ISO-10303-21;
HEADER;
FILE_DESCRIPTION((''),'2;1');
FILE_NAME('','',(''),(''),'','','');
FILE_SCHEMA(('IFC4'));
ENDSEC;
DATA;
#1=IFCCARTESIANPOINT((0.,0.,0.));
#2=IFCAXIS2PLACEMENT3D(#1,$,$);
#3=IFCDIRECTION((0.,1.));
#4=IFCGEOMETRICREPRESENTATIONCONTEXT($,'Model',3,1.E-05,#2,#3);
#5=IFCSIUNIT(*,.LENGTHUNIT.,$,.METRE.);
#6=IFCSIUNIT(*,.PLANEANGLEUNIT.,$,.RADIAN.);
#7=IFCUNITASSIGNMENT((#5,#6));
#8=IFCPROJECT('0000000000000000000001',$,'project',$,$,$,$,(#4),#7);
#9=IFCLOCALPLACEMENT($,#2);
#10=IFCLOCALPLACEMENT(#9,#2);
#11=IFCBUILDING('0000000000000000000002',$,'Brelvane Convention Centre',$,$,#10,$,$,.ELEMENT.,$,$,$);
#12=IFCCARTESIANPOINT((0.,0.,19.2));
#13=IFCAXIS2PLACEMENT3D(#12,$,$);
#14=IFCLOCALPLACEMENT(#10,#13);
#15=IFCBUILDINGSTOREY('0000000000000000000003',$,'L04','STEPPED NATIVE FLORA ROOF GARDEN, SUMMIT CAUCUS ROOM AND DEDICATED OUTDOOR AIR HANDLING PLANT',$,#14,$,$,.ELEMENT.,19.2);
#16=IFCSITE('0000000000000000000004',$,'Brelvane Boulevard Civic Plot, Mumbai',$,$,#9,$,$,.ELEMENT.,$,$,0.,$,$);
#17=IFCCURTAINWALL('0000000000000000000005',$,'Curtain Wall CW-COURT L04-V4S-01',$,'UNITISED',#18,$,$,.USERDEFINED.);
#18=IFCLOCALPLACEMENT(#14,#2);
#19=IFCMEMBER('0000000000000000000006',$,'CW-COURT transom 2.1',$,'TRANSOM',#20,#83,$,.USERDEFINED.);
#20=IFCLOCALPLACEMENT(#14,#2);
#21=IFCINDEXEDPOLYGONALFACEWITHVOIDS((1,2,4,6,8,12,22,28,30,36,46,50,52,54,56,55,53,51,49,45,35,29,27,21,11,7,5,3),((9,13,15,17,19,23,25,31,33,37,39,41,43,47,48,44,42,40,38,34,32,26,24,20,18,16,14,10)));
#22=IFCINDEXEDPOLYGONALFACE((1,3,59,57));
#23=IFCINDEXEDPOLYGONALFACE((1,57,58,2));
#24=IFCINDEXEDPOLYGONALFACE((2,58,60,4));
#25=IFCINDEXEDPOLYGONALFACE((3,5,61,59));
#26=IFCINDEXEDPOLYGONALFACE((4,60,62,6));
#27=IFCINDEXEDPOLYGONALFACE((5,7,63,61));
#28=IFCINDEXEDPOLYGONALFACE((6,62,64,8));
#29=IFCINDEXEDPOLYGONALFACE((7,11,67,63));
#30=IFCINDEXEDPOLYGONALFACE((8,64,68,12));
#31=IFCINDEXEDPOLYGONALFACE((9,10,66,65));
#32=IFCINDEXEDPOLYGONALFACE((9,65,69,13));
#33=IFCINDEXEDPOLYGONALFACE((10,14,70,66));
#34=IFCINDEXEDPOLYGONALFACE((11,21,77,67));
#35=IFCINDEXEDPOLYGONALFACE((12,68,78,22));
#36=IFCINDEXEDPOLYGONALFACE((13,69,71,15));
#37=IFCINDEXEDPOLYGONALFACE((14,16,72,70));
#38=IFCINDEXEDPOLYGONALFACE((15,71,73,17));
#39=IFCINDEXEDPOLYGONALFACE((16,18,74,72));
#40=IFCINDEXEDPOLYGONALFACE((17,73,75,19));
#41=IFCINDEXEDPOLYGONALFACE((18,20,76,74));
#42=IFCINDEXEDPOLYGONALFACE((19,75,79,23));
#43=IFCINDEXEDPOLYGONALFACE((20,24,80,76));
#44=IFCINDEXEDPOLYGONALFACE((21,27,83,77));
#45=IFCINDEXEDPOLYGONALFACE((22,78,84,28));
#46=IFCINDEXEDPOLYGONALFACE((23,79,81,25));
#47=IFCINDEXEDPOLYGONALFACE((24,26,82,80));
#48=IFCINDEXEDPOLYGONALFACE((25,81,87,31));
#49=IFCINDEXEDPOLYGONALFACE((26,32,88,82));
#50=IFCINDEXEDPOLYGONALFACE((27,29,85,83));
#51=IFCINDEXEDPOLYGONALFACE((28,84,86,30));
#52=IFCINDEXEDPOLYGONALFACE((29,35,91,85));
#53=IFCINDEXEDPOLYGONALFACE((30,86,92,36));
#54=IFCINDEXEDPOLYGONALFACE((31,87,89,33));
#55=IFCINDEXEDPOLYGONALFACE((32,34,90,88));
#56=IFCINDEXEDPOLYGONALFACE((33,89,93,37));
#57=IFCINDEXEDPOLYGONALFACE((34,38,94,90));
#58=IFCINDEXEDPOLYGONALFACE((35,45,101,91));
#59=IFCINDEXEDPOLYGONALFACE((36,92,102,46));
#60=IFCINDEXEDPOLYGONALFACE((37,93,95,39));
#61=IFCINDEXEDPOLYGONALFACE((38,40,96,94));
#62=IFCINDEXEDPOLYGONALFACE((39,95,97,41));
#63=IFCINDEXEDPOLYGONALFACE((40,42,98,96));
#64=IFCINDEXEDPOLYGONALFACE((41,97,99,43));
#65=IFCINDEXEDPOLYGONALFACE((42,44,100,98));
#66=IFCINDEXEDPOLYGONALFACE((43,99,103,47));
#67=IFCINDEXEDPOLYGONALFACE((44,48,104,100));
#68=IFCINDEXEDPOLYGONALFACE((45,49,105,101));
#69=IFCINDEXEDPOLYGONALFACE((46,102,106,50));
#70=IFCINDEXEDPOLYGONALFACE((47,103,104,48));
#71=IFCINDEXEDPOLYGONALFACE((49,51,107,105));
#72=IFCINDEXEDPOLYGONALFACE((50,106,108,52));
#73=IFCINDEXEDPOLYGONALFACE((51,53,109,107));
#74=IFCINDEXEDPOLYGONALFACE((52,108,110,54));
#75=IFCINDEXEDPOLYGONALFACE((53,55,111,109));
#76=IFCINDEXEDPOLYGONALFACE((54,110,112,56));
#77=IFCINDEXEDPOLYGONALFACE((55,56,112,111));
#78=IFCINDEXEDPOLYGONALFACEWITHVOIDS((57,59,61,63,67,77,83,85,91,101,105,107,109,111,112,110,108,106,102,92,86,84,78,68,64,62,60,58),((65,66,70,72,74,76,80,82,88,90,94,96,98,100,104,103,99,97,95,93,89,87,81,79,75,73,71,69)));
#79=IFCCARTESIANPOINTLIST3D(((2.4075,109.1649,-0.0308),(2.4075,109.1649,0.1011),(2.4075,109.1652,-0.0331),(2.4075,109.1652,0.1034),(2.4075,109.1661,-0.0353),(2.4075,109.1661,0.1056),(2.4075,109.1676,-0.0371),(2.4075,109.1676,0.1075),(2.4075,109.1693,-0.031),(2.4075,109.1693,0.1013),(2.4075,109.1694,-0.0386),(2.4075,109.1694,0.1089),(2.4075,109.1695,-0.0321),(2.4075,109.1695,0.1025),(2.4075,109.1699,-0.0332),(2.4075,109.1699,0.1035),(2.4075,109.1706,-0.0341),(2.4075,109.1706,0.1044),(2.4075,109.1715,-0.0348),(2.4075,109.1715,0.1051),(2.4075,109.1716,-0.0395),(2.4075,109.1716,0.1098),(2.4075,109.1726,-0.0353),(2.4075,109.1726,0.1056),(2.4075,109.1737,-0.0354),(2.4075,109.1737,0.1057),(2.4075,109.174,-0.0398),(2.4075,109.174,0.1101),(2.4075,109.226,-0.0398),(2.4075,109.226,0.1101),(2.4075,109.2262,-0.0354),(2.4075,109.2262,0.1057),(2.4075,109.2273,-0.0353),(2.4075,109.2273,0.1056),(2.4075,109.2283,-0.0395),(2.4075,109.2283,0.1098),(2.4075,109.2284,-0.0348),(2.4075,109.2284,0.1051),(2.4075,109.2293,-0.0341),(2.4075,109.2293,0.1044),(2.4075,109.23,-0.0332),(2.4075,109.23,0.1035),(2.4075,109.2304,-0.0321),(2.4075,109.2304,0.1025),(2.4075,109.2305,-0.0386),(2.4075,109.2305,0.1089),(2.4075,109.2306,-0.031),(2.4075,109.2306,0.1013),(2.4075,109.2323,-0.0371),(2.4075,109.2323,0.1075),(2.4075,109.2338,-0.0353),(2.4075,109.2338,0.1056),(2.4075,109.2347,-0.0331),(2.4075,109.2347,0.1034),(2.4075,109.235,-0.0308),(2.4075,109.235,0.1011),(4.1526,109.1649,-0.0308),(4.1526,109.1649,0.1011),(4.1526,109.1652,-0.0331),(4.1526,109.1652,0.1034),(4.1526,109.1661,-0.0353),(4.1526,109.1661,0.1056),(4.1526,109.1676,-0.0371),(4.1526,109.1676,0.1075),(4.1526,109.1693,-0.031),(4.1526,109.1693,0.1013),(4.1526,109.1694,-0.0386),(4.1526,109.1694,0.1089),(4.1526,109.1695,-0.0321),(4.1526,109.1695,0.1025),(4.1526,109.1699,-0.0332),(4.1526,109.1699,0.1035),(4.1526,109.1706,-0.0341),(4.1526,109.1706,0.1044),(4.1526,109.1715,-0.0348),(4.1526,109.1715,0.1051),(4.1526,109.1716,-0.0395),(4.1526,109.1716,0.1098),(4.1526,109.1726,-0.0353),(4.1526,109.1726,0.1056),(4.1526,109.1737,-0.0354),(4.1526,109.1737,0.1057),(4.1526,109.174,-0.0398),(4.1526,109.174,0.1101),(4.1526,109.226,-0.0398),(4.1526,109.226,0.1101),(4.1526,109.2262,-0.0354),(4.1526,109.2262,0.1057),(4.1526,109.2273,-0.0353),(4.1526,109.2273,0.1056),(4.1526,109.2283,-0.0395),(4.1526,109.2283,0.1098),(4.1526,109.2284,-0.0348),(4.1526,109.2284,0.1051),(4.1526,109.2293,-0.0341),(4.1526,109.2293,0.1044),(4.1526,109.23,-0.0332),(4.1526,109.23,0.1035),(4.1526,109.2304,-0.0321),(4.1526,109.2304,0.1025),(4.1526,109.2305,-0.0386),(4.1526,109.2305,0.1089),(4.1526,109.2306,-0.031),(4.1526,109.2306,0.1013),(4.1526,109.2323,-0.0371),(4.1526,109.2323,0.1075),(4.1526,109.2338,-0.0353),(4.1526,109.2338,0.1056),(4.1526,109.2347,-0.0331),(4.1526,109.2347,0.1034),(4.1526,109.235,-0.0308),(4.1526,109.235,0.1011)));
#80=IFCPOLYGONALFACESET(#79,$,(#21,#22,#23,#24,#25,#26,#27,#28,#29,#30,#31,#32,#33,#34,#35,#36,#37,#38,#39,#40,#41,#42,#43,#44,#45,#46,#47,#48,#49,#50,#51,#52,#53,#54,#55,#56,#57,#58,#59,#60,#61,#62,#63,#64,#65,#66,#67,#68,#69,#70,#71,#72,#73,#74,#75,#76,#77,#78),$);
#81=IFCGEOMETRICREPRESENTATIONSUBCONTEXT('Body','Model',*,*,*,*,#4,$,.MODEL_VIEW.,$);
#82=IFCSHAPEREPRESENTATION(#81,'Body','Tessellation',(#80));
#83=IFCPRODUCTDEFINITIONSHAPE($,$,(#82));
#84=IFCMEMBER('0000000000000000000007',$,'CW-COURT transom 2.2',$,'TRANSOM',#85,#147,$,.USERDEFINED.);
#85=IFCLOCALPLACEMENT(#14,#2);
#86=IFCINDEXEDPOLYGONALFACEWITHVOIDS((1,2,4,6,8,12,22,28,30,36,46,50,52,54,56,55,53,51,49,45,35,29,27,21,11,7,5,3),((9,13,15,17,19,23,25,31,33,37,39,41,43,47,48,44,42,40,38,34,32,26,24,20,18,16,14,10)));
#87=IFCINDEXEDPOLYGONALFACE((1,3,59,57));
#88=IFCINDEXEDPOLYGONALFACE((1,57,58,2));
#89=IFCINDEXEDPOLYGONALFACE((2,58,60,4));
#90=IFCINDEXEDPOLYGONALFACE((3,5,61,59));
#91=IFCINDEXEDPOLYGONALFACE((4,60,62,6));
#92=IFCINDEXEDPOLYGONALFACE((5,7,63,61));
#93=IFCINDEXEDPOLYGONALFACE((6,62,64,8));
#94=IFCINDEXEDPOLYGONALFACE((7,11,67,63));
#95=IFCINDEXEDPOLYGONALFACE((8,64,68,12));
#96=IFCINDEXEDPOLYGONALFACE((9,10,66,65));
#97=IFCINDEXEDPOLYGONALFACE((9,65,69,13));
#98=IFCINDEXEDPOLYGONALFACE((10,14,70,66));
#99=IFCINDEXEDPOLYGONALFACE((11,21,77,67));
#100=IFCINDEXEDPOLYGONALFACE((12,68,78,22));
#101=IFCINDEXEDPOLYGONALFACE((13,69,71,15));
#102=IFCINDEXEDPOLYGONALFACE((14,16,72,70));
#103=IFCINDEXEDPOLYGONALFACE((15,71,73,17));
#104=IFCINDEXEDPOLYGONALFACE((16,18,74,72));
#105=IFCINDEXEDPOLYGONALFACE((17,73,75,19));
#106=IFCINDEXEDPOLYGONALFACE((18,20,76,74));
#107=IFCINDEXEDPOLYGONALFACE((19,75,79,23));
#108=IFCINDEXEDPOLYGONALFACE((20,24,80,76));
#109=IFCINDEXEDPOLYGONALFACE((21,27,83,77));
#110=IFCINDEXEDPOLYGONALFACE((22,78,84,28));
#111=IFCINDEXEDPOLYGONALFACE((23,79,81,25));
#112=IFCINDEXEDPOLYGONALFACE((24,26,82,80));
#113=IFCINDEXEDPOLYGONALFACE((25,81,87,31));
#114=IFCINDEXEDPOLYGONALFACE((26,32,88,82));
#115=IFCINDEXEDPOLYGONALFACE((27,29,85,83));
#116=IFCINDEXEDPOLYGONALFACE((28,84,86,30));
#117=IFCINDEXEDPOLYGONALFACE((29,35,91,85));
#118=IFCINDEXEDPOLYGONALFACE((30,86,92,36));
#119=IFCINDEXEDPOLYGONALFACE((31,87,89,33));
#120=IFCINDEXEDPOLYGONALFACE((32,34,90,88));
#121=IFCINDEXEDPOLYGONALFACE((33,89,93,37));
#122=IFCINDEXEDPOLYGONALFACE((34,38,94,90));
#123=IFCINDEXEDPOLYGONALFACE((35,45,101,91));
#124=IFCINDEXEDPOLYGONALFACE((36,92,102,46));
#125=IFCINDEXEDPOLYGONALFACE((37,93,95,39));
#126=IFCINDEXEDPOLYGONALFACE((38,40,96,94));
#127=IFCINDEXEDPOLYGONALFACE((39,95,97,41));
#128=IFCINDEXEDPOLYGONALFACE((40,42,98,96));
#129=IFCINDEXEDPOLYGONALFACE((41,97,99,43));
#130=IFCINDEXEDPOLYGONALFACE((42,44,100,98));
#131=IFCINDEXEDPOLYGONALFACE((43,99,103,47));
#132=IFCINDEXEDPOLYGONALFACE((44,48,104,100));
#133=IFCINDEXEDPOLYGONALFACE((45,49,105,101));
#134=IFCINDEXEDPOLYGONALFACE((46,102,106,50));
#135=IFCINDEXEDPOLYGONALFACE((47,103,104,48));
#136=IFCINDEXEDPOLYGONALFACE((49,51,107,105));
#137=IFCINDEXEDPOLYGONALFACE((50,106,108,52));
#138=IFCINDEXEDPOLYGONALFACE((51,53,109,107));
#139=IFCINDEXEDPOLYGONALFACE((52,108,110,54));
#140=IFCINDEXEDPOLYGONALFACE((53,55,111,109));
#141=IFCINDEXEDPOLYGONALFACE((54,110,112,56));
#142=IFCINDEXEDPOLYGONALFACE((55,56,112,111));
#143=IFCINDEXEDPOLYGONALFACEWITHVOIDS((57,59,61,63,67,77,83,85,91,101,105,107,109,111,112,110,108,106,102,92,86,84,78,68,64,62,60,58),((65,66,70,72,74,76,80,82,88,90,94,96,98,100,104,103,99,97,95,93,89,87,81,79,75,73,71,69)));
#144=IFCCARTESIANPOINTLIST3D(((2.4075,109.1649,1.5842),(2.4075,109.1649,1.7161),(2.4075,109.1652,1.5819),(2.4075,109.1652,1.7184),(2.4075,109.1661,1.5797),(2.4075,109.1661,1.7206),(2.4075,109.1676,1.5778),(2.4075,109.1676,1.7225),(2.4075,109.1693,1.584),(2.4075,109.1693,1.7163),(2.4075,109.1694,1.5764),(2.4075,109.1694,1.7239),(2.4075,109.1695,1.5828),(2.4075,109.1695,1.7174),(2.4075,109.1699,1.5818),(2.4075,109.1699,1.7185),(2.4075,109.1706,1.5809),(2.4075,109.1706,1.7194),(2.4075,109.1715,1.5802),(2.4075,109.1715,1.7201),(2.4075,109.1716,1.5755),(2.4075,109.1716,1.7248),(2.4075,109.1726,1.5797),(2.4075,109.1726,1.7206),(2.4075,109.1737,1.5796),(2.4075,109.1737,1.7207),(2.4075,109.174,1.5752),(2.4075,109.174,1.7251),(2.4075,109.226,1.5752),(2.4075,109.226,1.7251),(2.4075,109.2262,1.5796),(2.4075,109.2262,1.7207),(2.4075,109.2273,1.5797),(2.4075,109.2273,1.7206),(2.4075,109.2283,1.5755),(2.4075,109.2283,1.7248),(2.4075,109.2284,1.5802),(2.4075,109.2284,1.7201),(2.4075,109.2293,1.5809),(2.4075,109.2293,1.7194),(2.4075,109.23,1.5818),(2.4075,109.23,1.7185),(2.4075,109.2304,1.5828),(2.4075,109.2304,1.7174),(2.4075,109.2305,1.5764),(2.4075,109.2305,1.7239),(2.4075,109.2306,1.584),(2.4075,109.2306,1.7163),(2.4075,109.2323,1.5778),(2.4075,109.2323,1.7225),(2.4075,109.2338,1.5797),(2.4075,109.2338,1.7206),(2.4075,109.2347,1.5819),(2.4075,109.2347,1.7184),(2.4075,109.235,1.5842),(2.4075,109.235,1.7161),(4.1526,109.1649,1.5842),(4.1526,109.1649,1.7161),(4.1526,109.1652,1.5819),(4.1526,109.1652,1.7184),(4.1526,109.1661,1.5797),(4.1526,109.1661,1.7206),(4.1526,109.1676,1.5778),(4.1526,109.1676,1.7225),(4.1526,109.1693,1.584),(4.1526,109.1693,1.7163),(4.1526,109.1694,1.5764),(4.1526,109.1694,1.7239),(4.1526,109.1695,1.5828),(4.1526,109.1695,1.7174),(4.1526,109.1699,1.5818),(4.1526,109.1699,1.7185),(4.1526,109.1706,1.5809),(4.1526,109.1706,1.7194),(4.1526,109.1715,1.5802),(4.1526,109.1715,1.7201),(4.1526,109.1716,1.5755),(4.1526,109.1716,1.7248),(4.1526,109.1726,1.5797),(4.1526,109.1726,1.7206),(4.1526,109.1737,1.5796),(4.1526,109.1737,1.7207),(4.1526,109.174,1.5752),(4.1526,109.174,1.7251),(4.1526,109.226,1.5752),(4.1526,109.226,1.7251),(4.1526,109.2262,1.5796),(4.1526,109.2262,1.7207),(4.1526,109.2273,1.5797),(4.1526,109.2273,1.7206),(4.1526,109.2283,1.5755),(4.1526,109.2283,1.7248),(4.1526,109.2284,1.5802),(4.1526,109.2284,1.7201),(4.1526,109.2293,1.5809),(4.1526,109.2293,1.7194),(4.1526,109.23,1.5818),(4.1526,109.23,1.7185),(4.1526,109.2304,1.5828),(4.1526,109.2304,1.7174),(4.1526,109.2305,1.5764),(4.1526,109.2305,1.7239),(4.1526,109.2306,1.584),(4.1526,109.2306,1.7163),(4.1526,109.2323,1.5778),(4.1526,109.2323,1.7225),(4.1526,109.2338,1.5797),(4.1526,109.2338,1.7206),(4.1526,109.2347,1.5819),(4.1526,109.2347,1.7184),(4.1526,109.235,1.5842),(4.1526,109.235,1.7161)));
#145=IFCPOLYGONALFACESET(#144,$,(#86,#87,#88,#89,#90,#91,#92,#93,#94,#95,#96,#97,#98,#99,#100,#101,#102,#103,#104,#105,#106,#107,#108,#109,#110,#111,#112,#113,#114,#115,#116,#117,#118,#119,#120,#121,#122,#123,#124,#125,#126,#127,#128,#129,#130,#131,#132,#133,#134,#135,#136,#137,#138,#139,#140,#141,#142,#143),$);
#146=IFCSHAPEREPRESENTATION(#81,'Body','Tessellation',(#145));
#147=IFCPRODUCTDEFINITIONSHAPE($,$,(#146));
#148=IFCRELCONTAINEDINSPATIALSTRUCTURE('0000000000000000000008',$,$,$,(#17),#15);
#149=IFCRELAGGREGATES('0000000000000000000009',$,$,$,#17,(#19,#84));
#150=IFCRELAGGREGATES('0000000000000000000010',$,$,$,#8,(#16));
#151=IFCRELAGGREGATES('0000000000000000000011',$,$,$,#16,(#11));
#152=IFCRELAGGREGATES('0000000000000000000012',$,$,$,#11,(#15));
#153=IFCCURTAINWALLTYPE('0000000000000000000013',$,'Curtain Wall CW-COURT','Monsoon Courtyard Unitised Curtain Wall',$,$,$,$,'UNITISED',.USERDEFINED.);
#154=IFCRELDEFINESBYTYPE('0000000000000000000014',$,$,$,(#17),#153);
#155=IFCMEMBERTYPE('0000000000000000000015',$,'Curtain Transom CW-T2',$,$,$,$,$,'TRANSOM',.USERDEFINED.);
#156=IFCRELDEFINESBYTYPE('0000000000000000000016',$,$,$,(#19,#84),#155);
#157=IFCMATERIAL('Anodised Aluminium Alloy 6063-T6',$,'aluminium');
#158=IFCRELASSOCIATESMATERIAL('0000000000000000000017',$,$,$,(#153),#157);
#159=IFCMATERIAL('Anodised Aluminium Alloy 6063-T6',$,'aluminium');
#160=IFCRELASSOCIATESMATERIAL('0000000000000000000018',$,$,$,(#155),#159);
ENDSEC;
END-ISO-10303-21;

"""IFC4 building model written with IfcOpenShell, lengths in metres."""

from ifc_helpers import new_model, si_unit, direction, frame, origin, origin_2d, place, context, subcontext, project, spatial, hollow_rectangle, extrude, material, material_profile, profile_set, type_object, element, aggregate, save


model = new_model("IFC4")

# Units and contexts
model_context = context("Model", 3, precision=1e-05, world=origin(), true_north=direction((0.0, 1.0)))
body_context = subcontext(model_context, "Body", "Model", "MODEL_VIEW")
ifc_project = project(units=[si_unit("LENGTHUNIT", "METRE"), si_unit("PLANEANGLEUNIT", "RADIAN")], contexts=[model_context])

# Site, building, storey
site_placement = place(None, origin())
site = spatial("IfcSite", under=ifc_project, at=site_placement, Name="Brelvane Boulevard Civic Plot, Mumbai", CompositionType="ELEMENT", RefElevation=0.0)
building_placement = place(site_placement, origin())
building = spatial("IfcBuilding", under=site, at=building_placement, Name="Brelvane Convention Centre", CompositionType="ELEMENT")
storey_placement = place(building_placement, frame((0.0, 0.0, 19.2)))
storey = spatial("IfcBuildingStorey", under=building, at=storey_placement, Name="L04", Description="STEPPED NATIVE FLORA ROOF GARDEN, SUMMIT CAUCUS ROOM AND DEDICATED OUTDOOR AIR HANDLING PLANT", CompositionType="ELEMENT", Elevation=19.2)

# Curtain wall, members
ifc_material_1 = material(Name="Anodised Aluminium Alloy 6063-T6", Category="aluminium")
curtain_wall_type = type_object("IfcCurtainWallType", Name="Curtain Wall CW-COURT", Description="Monsoon Courtyard Unitised Curtain Wall", ElementType="UNITISED", PredefinedType="USERDEFINED", material=ifc_material_1)
curtain_wall_placement = place(storey_placement, origin())
curtain_wall = element("IfcCurtainWall", 1, at=curtain_wall_placement, inside=storey, type_object=curtain_wall_type, Name="Curtain Wall CW-COURT L04-V4S-01", ObjectType="UNITISED", PredefinedType="USERDEFINED")
ifc_material_2 = material(Name="Anodised Aluminium Alloy 6063-T6", Category="aluminium")
ifc_material_profile_1 = material_profile(ifc_material_2, hollow_rectangle(XDim=0.0701, YDim=0.1499, WallThickness=0.0044, InnerFilletRadius=0.0044, OuterFilletRadius=0.009, at=origin_2d()), Name="ALU-T 150x70x4.5")
ifc_profile_set_1 = profile_set([ifc_material_profile_1], Name="Anodised Aluminium Alloy 6063-T6")
member_type_1 = type_object("IfcMemberType", Name="Curtain Transom CW-T2", ElementType="TRANSOM", PredefinedType="USERDEFINED", material=ifc_profile_set_1)
member_1_placement = place(storey_placement, frame((2.4075, 109.2, 0.0352), z_axis=(1.0, 0.0, 0.0), x_axis=(0.0, 1.0, 0.0)))
member_1 = element("IfcMember", 2, at=member_1_placement, type_object=member_type_1, Name="CW-COURT transom 2.1", ObjectType="TRANSOM", PredefinedType="USERDEFINED", context=body_context, shape_type="SweptSolid", body=[
    extrude(hollow_rectangle(XDim=0.0701, YDim=0.1499, WallThickness=0.0044, InnerFilletRadius=0.0044, OuterFilletRadius=0.009, at=origin_2d()), origin(), (0.0, 0.0, 1.0), 1.7451),
])
member_2_placement = place(storey_placement, frame((2.4075, 109.2, 1.6501), z_axis=(1.0, 0.0, 0.0), x_axis=(0.0, 1.0, 0.0)))
member_2 = element("IfcMember", 3, at=member_2_placement, type_object=member_type_1, Name="CW-COURT transom 2.2", ObjectType="TRANSOM", PredefinedType="USERDEFINED", context=body_context, shape_type="SweptSolid", body=[
    extrude(hollow_rectangle(XDim=0.0701, YDim=0.1499, WallThickness=0.0044, InnerFilletRadius=0.0044, OuterFilletRadius=0.009, at=origin_2d()), origin(), (0.0, 0.0, 1.0), 1.7451),
])
aggregate(curtain_wall, [member_1, member_2])

save(model, "model.ifc")
